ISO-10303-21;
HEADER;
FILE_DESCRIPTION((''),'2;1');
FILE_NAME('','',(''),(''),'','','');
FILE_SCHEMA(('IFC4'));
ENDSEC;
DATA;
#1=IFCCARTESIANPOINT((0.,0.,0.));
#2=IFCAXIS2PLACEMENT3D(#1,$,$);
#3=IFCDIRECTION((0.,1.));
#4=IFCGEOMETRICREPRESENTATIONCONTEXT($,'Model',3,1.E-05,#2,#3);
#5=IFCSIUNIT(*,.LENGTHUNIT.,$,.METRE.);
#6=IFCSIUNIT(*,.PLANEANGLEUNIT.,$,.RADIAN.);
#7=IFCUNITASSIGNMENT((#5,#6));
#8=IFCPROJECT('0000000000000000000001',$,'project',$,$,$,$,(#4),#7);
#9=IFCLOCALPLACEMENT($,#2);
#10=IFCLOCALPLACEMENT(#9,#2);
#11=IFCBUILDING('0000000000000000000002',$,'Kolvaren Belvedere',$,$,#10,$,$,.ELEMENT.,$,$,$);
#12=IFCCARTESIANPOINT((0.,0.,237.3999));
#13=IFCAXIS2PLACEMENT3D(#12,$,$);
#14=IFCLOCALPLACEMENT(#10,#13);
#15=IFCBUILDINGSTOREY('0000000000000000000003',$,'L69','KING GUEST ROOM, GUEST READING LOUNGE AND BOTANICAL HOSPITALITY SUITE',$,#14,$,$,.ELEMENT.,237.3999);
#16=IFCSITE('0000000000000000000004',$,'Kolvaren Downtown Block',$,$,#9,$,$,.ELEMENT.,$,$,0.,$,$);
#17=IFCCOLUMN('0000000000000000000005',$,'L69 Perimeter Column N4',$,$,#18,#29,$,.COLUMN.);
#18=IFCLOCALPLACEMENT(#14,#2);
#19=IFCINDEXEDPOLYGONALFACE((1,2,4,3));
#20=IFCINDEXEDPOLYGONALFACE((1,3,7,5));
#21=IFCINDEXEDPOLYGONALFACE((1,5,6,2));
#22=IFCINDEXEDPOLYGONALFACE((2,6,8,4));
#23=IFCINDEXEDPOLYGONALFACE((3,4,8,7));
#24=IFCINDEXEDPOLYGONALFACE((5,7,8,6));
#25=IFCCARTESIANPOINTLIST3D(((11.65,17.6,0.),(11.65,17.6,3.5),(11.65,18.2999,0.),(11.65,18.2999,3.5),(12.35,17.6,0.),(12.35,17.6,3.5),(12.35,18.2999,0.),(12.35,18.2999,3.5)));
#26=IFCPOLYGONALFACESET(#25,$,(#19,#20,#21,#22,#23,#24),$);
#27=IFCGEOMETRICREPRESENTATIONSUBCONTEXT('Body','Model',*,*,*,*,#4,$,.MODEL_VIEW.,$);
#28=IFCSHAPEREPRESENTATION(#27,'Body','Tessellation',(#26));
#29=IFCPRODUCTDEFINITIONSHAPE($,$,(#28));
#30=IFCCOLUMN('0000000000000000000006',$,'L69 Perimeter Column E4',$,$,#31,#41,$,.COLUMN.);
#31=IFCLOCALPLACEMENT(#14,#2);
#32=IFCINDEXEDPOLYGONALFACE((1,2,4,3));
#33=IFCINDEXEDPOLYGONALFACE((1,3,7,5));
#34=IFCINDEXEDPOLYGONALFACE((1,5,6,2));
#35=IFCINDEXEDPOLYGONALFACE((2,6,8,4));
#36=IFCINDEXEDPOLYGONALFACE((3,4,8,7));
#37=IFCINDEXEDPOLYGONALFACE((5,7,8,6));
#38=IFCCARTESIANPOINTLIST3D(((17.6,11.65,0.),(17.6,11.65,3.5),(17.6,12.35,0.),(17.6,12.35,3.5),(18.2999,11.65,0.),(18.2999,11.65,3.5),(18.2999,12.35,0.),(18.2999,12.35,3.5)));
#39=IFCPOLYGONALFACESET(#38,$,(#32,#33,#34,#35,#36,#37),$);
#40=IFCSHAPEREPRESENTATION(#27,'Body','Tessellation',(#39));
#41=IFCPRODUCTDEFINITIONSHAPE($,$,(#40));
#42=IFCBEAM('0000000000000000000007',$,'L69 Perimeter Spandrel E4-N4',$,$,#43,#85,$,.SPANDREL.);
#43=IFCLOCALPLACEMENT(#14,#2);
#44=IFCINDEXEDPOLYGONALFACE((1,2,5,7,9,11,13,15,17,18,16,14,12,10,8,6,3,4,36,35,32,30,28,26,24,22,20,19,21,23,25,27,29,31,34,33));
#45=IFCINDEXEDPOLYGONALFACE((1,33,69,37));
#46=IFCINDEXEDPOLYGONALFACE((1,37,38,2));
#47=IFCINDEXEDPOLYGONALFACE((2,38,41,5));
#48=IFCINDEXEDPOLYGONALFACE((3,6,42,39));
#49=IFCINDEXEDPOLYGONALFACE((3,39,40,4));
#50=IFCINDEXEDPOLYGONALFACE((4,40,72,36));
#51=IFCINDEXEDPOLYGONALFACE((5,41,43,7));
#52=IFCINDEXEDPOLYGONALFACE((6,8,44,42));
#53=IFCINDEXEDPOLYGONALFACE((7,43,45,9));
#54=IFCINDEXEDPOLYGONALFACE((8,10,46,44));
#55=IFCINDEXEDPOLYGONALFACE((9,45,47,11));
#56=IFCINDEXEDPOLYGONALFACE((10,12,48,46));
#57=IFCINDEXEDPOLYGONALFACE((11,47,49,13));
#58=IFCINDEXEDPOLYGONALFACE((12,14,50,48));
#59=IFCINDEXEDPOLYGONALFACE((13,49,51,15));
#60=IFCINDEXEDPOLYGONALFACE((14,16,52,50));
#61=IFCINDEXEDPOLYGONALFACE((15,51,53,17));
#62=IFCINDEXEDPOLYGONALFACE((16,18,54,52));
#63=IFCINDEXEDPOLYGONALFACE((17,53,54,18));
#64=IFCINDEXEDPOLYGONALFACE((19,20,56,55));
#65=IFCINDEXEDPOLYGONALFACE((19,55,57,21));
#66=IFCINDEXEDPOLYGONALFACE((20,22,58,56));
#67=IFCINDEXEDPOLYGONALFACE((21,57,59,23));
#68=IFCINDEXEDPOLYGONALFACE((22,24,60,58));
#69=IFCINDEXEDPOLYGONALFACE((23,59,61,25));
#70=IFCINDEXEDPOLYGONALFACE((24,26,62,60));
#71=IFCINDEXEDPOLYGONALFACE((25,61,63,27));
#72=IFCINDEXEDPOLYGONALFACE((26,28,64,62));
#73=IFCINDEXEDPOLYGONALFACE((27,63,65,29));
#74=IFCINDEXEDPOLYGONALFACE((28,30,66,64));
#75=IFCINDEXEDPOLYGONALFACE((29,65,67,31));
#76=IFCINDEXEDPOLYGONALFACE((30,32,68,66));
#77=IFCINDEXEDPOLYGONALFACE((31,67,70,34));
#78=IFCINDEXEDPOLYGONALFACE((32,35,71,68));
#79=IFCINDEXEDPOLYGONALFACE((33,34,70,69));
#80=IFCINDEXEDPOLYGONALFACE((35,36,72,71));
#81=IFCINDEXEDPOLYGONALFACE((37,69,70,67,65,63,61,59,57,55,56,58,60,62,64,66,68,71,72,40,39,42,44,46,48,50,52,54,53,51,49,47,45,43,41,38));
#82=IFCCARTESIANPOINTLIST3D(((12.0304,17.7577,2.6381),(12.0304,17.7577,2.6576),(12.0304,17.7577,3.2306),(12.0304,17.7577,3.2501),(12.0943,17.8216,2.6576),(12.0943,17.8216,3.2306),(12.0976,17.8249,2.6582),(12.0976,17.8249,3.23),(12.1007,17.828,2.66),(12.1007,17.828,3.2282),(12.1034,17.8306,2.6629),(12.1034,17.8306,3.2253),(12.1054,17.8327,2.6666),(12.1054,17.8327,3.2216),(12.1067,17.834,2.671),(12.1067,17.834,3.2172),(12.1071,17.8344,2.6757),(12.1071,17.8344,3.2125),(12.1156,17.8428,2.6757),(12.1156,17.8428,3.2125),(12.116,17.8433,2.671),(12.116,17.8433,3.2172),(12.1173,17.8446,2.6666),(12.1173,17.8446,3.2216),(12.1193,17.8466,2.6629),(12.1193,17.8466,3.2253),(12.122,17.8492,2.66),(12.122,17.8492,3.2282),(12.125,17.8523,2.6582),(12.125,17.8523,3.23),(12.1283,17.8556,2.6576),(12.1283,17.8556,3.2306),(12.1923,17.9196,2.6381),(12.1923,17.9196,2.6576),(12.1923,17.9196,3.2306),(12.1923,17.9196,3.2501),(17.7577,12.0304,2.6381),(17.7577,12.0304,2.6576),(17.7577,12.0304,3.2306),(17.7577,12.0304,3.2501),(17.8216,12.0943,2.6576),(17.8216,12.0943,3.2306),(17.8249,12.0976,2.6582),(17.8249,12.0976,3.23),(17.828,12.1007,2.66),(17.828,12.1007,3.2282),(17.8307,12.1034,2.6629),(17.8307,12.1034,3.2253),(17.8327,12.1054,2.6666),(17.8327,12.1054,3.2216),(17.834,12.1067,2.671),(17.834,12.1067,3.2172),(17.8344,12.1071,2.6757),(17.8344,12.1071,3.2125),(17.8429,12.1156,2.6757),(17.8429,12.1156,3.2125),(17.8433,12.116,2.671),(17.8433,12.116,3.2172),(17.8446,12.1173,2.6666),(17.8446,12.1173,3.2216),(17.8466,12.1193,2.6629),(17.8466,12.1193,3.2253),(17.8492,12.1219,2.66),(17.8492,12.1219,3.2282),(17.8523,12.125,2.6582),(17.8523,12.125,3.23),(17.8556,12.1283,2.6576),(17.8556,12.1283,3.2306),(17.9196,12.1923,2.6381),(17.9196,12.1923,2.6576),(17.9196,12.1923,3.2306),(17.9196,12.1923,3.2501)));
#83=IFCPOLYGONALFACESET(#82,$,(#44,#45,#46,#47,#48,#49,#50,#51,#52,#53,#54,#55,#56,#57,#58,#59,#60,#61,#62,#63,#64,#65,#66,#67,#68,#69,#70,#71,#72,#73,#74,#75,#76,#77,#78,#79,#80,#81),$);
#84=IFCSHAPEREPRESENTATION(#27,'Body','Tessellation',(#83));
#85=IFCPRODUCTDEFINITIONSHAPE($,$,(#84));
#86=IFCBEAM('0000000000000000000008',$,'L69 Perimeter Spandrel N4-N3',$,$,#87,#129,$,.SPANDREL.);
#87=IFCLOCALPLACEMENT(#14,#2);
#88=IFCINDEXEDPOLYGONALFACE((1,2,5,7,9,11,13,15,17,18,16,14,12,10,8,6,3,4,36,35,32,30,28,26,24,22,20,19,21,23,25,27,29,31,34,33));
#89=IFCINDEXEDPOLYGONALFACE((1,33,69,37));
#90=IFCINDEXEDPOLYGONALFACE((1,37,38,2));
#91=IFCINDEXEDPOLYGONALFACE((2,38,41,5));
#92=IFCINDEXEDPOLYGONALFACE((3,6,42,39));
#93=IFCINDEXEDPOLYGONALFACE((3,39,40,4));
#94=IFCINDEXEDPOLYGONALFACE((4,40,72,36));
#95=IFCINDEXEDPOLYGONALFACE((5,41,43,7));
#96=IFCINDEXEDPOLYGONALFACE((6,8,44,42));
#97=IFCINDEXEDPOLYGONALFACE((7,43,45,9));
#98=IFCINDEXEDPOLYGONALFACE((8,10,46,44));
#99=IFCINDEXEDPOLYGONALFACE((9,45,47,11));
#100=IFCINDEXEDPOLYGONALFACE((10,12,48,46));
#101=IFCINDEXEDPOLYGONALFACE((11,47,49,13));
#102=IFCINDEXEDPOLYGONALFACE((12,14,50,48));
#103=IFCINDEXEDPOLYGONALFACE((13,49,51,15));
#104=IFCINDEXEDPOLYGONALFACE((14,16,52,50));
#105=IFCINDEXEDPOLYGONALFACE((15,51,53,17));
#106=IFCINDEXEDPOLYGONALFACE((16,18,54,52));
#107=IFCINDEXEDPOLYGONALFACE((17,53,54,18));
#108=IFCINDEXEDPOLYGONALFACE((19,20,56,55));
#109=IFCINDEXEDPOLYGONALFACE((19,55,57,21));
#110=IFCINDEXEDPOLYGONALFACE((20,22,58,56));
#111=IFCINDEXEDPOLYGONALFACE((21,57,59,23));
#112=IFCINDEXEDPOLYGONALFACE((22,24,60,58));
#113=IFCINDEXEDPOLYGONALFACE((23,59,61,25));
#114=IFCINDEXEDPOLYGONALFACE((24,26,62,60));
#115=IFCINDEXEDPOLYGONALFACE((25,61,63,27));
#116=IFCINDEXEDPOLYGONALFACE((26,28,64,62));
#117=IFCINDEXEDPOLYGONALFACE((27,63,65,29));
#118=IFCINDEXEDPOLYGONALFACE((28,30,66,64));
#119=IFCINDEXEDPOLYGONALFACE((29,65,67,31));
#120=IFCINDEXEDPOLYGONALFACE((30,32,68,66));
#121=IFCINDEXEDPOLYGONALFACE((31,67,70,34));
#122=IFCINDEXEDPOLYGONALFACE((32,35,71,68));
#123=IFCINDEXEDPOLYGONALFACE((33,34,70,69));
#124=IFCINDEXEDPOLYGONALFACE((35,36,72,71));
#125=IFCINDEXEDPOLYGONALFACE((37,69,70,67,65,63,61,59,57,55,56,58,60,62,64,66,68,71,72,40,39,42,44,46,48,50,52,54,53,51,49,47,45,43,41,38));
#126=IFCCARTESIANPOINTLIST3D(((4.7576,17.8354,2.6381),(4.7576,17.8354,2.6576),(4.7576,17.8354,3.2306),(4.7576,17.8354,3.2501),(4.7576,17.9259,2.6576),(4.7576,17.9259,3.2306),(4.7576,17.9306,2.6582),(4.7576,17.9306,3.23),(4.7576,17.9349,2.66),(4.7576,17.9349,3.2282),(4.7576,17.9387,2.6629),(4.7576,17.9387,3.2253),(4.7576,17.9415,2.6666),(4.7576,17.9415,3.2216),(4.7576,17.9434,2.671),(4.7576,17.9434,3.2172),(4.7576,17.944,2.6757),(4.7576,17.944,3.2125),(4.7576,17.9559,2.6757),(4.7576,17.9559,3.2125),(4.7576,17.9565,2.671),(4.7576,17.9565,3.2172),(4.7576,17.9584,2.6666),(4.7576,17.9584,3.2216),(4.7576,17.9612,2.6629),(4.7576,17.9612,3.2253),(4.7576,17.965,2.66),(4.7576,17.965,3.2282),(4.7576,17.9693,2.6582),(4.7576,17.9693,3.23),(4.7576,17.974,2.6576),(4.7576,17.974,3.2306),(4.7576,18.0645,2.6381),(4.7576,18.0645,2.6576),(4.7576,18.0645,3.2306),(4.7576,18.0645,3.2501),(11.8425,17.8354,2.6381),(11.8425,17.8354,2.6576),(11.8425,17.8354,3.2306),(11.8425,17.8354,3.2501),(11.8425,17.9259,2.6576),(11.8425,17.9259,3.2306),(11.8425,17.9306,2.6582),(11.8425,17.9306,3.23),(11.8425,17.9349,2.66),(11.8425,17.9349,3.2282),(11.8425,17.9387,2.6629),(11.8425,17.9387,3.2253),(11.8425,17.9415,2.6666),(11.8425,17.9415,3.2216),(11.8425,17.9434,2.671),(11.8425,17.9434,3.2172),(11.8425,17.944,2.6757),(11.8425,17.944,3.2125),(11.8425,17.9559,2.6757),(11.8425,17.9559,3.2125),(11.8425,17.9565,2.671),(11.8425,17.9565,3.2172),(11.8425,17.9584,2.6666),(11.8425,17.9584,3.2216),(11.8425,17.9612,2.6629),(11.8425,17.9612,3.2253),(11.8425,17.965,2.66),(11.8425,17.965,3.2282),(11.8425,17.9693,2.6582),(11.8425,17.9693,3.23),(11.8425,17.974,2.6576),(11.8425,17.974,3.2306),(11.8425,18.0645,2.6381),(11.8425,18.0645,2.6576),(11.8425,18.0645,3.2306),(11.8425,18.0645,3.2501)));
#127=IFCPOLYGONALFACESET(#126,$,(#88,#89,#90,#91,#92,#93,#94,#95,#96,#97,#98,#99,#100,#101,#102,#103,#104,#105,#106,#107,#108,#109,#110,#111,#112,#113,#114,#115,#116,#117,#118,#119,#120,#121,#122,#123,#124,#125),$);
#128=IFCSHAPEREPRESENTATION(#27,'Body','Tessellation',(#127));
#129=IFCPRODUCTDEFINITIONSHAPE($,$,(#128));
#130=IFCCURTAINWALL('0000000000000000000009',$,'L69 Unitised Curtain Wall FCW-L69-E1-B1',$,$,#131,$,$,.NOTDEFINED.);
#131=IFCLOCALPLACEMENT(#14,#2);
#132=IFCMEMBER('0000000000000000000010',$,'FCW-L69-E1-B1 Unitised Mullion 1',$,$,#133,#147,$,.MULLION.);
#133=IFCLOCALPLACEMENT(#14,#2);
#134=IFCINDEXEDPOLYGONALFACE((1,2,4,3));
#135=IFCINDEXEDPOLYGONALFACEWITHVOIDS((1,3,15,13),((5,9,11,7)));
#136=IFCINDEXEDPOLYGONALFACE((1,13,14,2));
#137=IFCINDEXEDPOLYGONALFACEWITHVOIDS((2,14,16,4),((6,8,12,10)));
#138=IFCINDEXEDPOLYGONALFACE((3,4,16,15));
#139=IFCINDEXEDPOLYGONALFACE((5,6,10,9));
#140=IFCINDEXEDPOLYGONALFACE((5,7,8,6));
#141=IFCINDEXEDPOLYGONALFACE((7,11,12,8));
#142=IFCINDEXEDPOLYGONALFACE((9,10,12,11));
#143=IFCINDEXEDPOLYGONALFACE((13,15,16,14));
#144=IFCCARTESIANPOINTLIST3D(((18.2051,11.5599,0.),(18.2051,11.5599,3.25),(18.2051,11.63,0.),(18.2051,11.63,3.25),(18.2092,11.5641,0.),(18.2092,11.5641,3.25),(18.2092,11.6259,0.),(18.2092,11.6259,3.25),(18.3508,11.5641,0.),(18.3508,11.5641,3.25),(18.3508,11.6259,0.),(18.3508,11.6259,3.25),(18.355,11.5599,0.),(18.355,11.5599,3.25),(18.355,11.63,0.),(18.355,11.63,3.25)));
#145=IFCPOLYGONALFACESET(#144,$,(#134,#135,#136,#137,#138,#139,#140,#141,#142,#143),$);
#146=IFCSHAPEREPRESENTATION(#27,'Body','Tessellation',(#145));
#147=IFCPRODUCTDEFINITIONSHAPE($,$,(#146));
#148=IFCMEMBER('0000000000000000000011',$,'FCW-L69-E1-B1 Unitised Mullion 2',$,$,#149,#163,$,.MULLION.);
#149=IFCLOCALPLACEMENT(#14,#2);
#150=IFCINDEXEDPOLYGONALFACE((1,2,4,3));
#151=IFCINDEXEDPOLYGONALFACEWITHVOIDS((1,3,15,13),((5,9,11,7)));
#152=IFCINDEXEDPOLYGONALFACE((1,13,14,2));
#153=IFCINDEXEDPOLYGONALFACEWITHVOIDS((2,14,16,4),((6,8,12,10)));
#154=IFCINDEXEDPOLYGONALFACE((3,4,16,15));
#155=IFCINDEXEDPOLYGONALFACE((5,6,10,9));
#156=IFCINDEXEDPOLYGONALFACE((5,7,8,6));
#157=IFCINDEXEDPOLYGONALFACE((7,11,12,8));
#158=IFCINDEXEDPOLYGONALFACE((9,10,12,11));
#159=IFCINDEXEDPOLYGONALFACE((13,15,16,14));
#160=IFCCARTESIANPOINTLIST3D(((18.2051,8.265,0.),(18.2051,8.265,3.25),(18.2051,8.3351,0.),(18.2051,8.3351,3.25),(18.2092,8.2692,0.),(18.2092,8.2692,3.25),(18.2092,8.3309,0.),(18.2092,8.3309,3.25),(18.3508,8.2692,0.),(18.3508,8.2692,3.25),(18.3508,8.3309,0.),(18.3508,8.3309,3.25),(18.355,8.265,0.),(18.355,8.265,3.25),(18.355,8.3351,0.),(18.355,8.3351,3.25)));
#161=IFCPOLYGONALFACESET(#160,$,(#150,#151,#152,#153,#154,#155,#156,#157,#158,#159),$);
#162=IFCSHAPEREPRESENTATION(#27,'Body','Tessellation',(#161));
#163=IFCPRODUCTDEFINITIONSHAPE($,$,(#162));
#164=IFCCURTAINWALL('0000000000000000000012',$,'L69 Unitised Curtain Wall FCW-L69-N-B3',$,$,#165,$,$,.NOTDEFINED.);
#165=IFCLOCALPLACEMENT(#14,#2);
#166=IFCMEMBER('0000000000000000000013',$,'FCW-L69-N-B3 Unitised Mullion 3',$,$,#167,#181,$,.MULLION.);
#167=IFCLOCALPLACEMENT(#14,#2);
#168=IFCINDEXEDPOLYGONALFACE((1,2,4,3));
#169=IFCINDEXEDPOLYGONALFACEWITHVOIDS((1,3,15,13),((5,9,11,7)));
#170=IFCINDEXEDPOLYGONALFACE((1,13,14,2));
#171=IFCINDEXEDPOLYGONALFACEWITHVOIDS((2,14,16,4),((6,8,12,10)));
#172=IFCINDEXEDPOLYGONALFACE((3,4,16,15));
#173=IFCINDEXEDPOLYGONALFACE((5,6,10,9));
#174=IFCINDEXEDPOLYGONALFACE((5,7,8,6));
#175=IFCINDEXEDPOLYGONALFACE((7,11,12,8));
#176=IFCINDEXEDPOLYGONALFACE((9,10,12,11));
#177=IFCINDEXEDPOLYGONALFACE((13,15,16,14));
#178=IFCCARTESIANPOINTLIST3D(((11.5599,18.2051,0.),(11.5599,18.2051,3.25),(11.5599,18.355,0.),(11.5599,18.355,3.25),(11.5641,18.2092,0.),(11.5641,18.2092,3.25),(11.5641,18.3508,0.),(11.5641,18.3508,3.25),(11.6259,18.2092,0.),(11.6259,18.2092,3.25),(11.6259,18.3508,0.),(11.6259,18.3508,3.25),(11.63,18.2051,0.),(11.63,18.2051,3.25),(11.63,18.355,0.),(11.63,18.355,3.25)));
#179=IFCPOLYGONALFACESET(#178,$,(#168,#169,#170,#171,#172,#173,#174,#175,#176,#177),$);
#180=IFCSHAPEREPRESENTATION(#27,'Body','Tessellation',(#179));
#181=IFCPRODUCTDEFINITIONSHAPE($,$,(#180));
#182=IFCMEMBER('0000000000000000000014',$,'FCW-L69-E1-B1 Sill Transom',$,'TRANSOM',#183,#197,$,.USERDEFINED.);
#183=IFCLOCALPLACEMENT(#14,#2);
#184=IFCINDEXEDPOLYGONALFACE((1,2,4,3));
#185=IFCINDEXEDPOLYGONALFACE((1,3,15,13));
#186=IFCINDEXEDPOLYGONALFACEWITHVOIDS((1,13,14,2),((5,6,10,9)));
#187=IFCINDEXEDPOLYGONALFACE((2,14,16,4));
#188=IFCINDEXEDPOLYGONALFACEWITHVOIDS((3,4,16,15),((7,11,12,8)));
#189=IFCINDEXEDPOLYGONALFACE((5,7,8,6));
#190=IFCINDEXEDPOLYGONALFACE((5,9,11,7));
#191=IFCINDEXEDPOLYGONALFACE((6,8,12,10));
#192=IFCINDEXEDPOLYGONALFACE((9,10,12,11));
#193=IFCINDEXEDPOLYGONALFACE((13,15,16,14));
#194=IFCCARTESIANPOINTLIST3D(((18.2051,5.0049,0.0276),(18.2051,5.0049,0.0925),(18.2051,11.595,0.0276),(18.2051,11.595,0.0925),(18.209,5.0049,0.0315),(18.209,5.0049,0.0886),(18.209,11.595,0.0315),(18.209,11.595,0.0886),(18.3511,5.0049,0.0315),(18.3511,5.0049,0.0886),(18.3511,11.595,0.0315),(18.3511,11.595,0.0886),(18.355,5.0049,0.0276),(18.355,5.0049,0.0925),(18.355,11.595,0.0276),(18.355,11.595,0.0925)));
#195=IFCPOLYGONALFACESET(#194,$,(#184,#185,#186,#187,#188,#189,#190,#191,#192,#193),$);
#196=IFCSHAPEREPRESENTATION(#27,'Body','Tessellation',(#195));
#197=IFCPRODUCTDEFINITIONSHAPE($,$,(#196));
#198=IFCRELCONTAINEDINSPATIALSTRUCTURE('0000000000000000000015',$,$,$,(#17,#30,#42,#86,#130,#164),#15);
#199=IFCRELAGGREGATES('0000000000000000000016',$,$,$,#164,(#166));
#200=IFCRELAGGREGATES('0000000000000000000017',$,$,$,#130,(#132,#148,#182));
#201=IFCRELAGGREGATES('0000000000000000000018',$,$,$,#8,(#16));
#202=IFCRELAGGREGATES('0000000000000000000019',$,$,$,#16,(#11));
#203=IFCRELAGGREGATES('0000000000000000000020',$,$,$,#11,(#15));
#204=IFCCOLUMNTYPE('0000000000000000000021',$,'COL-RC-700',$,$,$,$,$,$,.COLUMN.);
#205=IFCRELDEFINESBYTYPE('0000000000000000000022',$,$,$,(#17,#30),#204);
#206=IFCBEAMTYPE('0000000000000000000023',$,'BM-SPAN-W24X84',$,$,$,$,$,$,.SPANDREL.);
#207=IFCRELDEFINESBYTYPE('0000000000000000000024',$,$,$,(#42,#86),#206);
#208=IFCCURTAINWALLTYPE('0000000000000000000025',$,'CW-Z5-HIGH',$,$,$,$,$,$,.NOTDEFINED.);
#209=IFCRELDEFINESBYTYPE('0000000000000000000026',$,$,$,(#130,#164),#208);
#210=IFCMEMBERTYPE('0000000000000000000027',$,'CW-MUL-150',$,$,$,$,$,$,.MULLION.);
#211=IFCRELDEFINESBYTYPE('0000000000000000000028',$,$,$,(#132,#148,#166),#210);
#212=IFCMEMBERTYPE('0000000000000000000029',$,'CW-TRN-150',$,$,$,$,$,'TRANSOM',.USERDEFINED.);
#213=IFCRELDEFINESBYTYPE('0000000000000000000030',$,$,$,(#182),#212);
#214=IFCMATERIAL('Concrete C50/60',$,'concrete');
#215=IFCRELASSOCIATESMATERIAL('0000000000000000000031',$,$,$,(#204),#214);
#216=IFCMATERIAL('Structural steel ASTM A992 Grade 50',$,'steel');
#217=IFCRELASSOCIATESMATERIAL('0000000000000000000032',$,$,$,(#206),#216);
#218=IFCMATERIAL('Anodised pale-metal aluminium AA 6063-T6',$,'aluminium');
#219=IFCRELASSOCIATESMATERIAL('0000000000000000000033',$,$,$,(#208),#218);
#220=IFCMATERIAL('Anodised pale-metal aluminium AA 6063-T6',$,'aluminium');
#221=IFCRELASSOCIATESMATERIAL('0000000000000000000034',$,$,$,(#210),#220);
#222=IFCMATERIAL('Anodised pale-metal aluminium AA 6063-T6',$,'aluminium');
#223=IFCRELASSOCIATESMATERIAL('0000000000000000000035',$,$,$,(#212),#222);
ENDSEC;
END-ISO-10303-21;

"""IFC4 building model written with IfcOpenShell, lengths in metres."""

from ifc_helpers import new_model, si_unit, direction, frame, origin, origin_2d, place, context, subcontext, project, spatial, rectangle, hollow_rectangle, i_section, extrude, material, material_profile, profile_set, type_object, element, aggregate, save


model = new_model("IFC4")

# Units and contexts
model_context = context("Model", 3, precision=1e-05, world=origin(), true_north=direction((0.0, 1.0)))
body_context = subcontext(model_context, "Body", "Model", "MODEL_VIEW")
ifc_project = project(units=[si_unit("LENGTHUNIT", "METRE"), si_unit("PLANEANGLEUNIT", "RADIAN")], contexts=[model_context])

# Site, building, storey
site_placement = place(None, origin())
site = spatial("IfcSite", under=ifc_project, at=site_placement, Name="Kolvaren Downtown Block", CompositionType="ELEMENT", RefElevation=0.0)
building_placement = place(site_placement, origin())
building = spatial("IfcBuilding", under=site, at=building_placement, Name="Kolvaren Belvedere", CompositionType="ELEMENT")
storey_placement = place(building_placement, frame((0.0, 0.0, 237.3999)))
storey = spatial("IfcBuildingStorey", under=building, at=storey_placement, Name="L69", Description="KING GUEST ROOM, GUEST READING LOUNGE AND BOTANICAL HOSPITALITY SUITE", CompositionType="ELEMENT", Elevation=237.3999)

# Columns
ifc_material_1 = material(Name="Concrete C50/60", Category="concrete")
ifc_material_profile_1 = material_profile(ifc_material_1, rectangle(XDim=0.7, YDim=0.7, at=origin_2d()), Name="RC 700X700")
ifc_profile_set_1 = profile_set([ifc_material_profile_1], Name="Concrete C50/60")
column_type = type_object("IfcColumnType", Name="COL-RC-700", PredefinedType="COLUMN", material=ifc_profile_set_1)
for number, where, z_axis, x_axis, name in (
    (1, (12.0, 17.95, 0.0), (0.0, 0.0, 1.0), (1.0, 0.0, 0.0), "L69 Perimeter Column N4"),
    (2, (17.95, 12.0, 0.0), (0.0, 0.0, 1.0), (1.0, 0.0, 0.0), "L69 Perimeter Column E4"),
):
    element("IfcColumn", number, at=place(storey_placement, frame(where, z_axis=z_axis, x_axis=x_axis)), inside=storey, type_object=column_type, Name=name, PredefinedType="COLUMN", context=body_context, shape_type="SweptSolid", body=[
        extrude(rectangle(XDim=0.7, YDim=0.7, at=origin_2d()), origin(), (0.0, 0.0, 1.0), 3.5),
    ])

# Beams
ifc_material_2 = material(Name="Structural steel ASTM A992 Grade 50", Category="steel")
ifc_material_profile_2 = material_profile(ifc_material_2, i_section(OverallWidth=0.229, OverallDepth=0.6121, WebThickness=0.012, FlangeThickness=0.0195, FilletRadius=0.0181, at=origin_2d()), Name="W24X84")
ifc_profile_set_2 = profile_set([ifc_material_profile_2], Name="Structural steel ASTM A992 Grade 50")
beam_type = type_object("IfcBeamType", Name="BM-SPAN-W24X84", PredefinedType="SPANDREL", material=ifc_profile_set_2)
beam_1_placement = place(storey_placement, frame((17.8386, 12.1113, 2.9441), z_axis=(-0.707107, 0.707107, 0.0), x_axis=(-0.707107, -0.707107, 0.0)))
element("IfcBeam", 3, at=beam_1_placement, inside=storey, type_object=beam_type, Name="L69 Perimeter Spandrel E4-N4", PredefinedType="SPANDREL", context=body_context, shape_type="SweptSolid", body=[
    extrude(i_section(OverallWidth=0.229, OverallDepth=0.6121, WebThickness=0.012, FlangeThickness=0.0195, FilletRadius=0.0181, at=origin_2d()), origin(), (0.0, 0.0, 1.0), 8.0996),
])
beam_2_placement = place(storey_placement, frame((11.8425, 17.95, 2.9441), z_axis=(-1.0, 0.0, 0.0), x_axis=(0.0, -1.0, 0.0)))
element("IfcBeam", 4, at=beam_2_placement, inside=storey, type_object=beam_type, Name="L69 Perimeter Spandrel N4-N3", PredefinedType="SPANDREL", context=body_context, shape_type="SweptSolid", body=[
    extrude(i_section(OverallWidth=0.229, OverallDepth=0.6121, WebThickness=0.012, FlangeThickness=0.0195, FilletRadius=0.0181, at=origin_2d()), origin(), (0.0, 0.0, 1.0), 7.085),
])

# Curtain wall, members
ifc_material_3 = material(Name="Anodised pale-metal aluminium AA 6063-T6", Category="aluminium")
curtain_wall_type = type_object("IfcCurtainWallType", Name="CW-Z5-HIGH", PredefinedType="NOTDEFINED", material=ifc_material_3)
curtain_wall_1_placement = place(storey_placement, origin())
curtain_wall_1 = element("IfcCurtainWall", 5, at=curtain_wall_1_placement, inside=storey, type_object=curtain_wall_type, Name="L69 Unitised Curtain Wall FCW-L69-E1-B1", PredefinedType="NOTDEFINED")
ifc_material_4 = material(Name="Anodised pale-metal aluminium AA 6063-T6", Category="aluminium")
ifc_material_profile_3 = material_profile(ifc_material_4, hollow_rectangle(XDim=0.0701, YDim=0.1499, WallThickness=0.0042, at=origin_2d()), Name="ALU-MUL-150X70")
ifc_profile_set_3 = profile_set([ifc_material_profile_3], Name="Anodised pale-metal aluminium AA 6063-T6")
member_type_1 = type_object("IfcMemberType", Name="CW-MUL-150", PredefinedType="MULLION", material=ifc_profile_set_3)
member_1_placement = place(storey_placement, frame((18.28, 11.595, 0.0), z_axis=(0.0, 0.0, 1.0), x_axis=(0.0, 1.0, 0.0)))
member_1 = element("IfcMember", 6, at=member_1_placement, type_object=member_type_1, Name="FCW-L69-E1-B1 Unitised Mullion 1", PredefinedType="MULLION", context=body_context, shape_type="SweptSolid", body=[
    extrude(hollow_rectangle(XDim=0.0701, YDim=0.1499, WallThickness=0.0042, at=origin_2d()), origin(), (0.0, 0.0, 1.0), 3.25),
])
member_2_placement = place(storey_placement, frame((18.28, 8.3, 0.0), z_axis=(0.0, 0.0, 1.0), x_axis=(0.0, 1.0, 0.0)))
member_2 = element("IfcMember", 7, at=member_2_placement, type_object=member_type_1, Name="FCW-L69-E1-B1 Unitised Mullion 2", PredefinedType="MULLION", context=body_context, shape_type="SweptSolid", body=[
    extrude(hollow_rectangle(XDim=0.0701, YDim=0.1499, WallThickness=0.0042, at=origin_2d()), origin(), (0.0, 0.0, 1.0), 3.25),
])

# Curtain wall, member
curtain_wall_2_placement = place(storey_placement, origin())
curtain_wall_2 = element("IfcCurtainWall", 8, at=curtain_wall_2_placement, inside=storey, type_object=curtain_wall_type, Name="L69 Unitised Curtain Wall FCW-L69-N-B3", PredefinedType="NOTDEFINED")
member_3_placement = place(storey_placement, frame((11.595, 18.28, 0.0), z_axis=(0.0, 0.0, 1.0), x_axis=(1.0, 0.0, 0.0)))
member_3 = element("IfcMember", 9, at=member_3_placement, type_object=member_type_1, Name="FCW-L69-N-B3 Unitised Mullion 3", PredefinedType="MULLION", context=body_context, shape_type="SweptSolid", body=[
    extrude(hollow_rectangle(XDim=0.0701, YDim=0.1499, WallThickness=0.0042, at=origin_2d()), origin(), (0.0, 0.0, 1.0), 3.25),
])
aggregate(curtain_wall_2, [member_3])

# Member
ifc_material_5 = material(Name="Anodised pale-metal aluminium AA 6063-T6", Category="aluminium")
ifc_material_profile_4 = material_profile(ifc_material_5, hollow_rectangle(XDim=0.0649, YDim=0.1499, WallThickness=0.0039, at=origin_2d()), Name="ALU-TRN-150X65")
ifc_profile_set_4 = profile_set([ifc_material_profile_4], Name="Anodised pale-metal aluminium AA 6063-T6")
member_type_2 = type_object("IfcMemberType", Name="CW-TRN-150", ElementType="TRANSOM", PredefinedType="USERDEFINED", material=ifc_profile_set_4)
member_4_placement = place(storey_placement, frame((18.28, 11.595, 0.0601), z_axis=(0.0, -1.0, 0.0), x_axis=(0.0, 0.0, 1.0)))
member_4 = element("IfcMember", 10, at=member_4_placement, type_object=member_type_2, Name="FCW-L69-E1-B1 Sill Transom", ObjectType="TRANSOM", PredefinedType="USERDEFINED", context=body_context, shape_type="SweptSolid", body=[
    extrude(hollow_rectangle(XDim=0.0649, YDim=0.1499, WallThickness=0.0039, at=origin_2d()), origin(), (0.0, 0.0, 1.0), 6.5901),
])

aggregate(curtain_wall_1, [member_1, member_2, member_4])

save(model, "model.ifc")
